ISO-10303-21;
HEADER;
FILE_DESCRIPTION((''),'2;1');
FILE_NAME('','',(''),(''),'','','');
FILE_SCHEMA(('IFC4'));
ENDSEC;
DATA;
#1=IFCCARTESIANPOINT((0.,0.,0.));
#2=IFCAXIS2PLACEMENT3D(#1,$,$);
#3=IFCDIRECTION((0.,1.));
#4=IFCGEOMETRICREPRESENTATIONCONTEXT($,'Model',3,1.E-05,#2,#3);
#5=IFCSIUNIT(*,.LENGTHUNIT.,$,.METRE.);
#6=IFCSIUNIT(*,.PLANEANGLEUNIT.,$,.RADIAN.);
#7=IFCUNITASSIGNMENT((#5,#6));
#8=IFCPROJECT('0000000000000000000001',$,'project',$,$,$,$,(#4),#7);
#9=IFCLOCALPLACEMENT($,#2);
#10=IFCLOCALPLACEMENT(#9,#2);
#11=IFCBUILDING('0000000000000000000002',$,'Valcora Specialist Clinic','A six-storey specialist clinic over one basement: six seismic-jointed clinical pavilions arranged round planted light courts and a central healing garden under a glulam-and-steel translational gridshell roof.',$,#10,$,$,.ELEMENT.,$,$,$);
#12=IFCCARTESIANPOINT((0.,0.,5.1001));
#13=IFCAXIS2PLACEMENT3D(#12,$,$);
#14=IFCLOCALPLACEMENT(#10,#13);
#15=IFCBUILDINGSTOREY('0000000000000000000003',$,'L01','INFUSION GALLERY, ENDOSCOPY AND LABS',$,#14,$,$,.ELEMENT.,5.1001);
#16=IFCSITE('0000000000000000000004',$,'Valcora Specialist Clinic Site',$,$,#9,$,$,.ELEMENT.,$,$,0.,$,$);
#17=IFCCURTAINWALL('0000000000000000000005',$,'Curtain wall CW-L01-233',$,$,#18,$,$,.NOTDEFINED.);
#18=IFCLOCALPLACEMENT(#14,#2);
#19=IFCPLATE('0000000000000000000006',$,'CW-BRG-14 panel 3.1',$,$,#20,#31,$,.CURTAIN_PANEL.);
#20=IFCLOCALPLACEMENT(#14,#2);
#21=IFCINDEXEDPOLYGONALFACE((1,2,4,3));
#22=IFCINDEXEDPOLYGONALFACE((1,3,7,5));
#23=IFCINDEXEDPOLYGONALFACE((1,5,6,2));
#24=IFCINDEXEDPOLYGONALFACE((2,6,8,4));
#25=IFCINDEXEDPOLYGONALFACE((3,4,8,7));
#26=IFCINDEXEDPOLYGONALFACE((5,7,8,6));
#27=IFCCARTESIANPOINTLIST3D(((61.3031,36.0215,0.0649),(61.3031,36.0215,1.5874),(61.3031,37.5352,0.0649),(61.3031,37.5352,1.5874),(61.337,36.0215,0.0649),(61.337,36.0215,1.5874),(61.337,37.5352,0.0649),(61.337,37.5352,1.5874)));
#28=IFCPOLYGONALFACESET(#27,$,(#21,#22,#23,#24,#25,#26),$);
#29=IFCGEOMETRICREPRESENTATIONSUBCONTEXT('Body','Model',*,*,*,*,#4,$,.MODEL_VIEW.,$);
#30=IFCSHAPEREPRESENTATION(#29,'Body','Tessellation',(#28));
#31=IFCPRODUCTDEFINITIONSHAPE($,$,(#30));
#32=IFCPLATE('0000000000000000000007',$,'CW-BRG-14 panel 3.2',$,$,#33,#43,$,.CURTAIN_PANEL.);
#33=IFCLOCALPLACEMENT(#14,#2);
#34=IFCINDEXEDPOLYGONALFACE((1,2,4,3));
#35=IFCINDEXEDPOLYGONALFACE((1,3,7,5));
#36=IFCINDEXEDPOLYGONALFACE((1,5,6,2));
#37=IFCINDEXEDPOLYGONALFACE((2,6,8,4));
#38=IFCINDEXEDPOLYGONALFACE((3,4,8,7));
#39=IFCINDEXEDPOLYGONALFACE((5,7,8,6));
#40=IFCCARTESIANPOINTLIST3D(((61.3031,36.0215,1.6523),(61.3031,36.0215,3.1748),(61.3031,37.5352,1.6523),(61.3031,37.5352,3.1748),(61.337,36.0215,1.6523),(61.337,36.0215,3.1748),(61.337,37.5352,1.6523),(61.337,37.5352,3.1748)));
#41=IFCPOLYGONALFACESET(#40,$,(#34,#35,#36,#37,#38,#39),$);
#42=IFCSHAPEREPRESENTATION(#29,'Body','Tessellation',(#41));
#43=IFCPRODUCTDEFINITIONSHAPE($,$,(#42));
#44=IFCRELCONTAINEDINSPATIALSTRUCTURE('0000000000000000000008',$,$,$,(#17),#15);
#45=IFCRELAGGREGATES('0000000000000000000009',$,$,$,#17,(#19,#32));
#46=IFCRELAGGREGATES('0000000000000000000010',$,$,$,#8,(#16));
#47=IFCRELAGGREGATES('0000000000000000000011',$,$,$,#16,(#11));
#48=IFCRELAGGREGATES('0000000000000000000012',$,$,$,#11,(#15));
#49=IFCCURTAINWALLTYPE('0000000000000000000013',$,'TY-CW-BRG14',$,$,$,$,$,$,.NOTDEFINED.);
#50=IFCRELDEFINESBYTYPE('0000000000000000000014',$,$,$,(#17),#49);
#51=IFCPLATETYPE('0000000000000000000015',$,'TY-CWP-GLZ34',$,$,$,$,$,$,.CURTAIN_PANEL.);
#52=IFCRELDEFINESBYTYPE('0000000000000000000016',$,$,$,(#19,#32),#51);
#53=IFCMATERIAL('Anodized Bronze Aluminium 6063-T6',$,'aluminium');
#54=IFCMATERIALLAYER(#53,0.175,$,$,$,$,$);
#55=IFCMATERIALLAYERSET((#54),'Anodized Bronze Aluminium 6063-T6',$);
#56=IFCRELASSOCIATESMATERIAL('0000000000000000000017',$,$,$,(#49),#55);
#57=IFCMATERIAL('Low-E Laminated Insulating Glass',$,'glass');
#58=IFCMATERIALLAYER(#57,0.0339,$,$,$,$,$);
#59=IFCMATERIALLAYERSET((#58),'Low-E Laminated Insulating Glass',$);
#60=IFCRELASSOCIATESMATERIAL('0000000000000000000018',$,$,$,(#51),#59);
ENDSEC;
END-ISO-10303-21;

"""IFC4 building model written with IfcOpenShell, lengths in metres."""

from ifc_helpers import new_model, si_unit, direction, frame, origin, origin_2d, place, context, subcontext, project, spatial, rectangle, extrude, material, layer, layer_set, type_object, element, aggregate, save


model = new_model("IFC4")

# Units and contexts
model_context = context("Model", 3, precision=1e-05, world=origin(), true_north=direction((0.0, 1.0)))
body_context = subcontext(model_context, "Body", "Model", "MODEL_VIEW")
ifc_project = project(units=[si_unit("LENGTHUNIT", "METRE"), si_unit("PLANEANGLEUNIT", "RADIAN")], contexts=[model_context])

# Site, building, storey
site_placement = place(None, origin())
site = spatial("IfcSite", under=ifc_project, at=site_placement, Name="Valcora Specialist Clinic Site", CompositionType="ELEMENT", RefElevation=0.0)
building_placement = place(site_placement, origin())
building = spatial("IfcBuilding", under=site, at=building_placement, Name="Valcora Specialist Clinic", Description="A six-storey specialist clinic over one basement: six seismic-jointed clinical pavilions arranged round planted light courts and a central healing garden under a glulam-and-steel translational gridshell roof.", CompositionType="ELEMENT")
storey_placement = place(building_placement, frame((0.0, 0.0, 5.1001)))
storey = spatial("IfcBuildingStorey", under=building, at=storey_placement, Name="L01", Description="INFUSION GALLERY, ENDOSCOPY AND LABS", CompositionType="ELEMENT", Elevation=5.1001)

# Curtain wall
ifc_material_1 = material(Name="Anodized Bronze Aluminium 6063-T6", Category="aluminium")
ifc_layer_1 = layer(ifc_material_1, 0.175)
ifc_layer_set_1 = layer_set([ifc_layer_1], Name="Anodized Bronze Aluminium 6063-T6")
curtain_wall_type = type_object("IfcCurtainWallType", Name="TY-CW-BRG14", PredefinedType="NOTDEFINED", material=ifc_layer_set_1)
curtain_wall_1_placement = place(storey_placement, origin())
curtain_wall_1 = element("IfcCurtainWall", 1, at=curtain_wall_1_placement, inside=storey, type_object=curtain_wall_type, Name="Curtain wall CW-L01-233", PredefinedType="NOTDEFINED")

# Plates
ifc_material_2 = material(Name="Low-E Laminated Insulating Glass", Category="glass")
ifc_layer_2 = layer(ifc_material_2, 0.0339)
ifc_layer_set_2 = layer_set([ifc_layer_2], Name="Low-E Laminated Insulating Glass")
plate_type_1 = type_object("IfcPlateType", Name="TY-CWP-GLZ34", PredefinedType="CURTAIN_PANEL", material=ifc_layer_set_2)
plate_1_placement = place(storey_placement, frame((61.3201, 36.7783, 0.0649), z_axis=(0.0, 0.0, 1.0), x_axis=(0.0, 1.0, 0.0)))
plate_1 = element("IfcPlate", 2, at=plate_1_placement, type_object=plate_type_1, Name="CW-BRG-14 panel 3.1", PredefinedType="CURTAIN_PANEL", context=body_context, shape_type="SweptSolid", body=[
    extrude(rectangle(XDim=1.5137, YDim=0.0339, at=origin_2d()), origin(), (0.0, 0.0, 1.0), 1.5225),
])
plate_2_placement = place(storey_placement, frame((61.3201, 36.7783, 1.6523), z_axis=(0.0, 0.0, 1.0), x_axis=(0.0, 1.0, 0.0)))
plate_2 = element("IfcPlate", 3, at=plate_2_placement, type_object=plate_type_1, Name="CW-BRG-14 panel 3.2", PredefinedType="CURTAIN_PANEL", context=body_context, shape_type="SweptSolid", body=[
    extrude(rectangle(XDim=1.5137, YDim=0.0339, at=origin_2d()), origin(), (0.0, 0.0, 1.0), 1.5225),
])
aggregate(curtain_wall_1, [plate_1, plate_2])

save(model, "model.ifc")
